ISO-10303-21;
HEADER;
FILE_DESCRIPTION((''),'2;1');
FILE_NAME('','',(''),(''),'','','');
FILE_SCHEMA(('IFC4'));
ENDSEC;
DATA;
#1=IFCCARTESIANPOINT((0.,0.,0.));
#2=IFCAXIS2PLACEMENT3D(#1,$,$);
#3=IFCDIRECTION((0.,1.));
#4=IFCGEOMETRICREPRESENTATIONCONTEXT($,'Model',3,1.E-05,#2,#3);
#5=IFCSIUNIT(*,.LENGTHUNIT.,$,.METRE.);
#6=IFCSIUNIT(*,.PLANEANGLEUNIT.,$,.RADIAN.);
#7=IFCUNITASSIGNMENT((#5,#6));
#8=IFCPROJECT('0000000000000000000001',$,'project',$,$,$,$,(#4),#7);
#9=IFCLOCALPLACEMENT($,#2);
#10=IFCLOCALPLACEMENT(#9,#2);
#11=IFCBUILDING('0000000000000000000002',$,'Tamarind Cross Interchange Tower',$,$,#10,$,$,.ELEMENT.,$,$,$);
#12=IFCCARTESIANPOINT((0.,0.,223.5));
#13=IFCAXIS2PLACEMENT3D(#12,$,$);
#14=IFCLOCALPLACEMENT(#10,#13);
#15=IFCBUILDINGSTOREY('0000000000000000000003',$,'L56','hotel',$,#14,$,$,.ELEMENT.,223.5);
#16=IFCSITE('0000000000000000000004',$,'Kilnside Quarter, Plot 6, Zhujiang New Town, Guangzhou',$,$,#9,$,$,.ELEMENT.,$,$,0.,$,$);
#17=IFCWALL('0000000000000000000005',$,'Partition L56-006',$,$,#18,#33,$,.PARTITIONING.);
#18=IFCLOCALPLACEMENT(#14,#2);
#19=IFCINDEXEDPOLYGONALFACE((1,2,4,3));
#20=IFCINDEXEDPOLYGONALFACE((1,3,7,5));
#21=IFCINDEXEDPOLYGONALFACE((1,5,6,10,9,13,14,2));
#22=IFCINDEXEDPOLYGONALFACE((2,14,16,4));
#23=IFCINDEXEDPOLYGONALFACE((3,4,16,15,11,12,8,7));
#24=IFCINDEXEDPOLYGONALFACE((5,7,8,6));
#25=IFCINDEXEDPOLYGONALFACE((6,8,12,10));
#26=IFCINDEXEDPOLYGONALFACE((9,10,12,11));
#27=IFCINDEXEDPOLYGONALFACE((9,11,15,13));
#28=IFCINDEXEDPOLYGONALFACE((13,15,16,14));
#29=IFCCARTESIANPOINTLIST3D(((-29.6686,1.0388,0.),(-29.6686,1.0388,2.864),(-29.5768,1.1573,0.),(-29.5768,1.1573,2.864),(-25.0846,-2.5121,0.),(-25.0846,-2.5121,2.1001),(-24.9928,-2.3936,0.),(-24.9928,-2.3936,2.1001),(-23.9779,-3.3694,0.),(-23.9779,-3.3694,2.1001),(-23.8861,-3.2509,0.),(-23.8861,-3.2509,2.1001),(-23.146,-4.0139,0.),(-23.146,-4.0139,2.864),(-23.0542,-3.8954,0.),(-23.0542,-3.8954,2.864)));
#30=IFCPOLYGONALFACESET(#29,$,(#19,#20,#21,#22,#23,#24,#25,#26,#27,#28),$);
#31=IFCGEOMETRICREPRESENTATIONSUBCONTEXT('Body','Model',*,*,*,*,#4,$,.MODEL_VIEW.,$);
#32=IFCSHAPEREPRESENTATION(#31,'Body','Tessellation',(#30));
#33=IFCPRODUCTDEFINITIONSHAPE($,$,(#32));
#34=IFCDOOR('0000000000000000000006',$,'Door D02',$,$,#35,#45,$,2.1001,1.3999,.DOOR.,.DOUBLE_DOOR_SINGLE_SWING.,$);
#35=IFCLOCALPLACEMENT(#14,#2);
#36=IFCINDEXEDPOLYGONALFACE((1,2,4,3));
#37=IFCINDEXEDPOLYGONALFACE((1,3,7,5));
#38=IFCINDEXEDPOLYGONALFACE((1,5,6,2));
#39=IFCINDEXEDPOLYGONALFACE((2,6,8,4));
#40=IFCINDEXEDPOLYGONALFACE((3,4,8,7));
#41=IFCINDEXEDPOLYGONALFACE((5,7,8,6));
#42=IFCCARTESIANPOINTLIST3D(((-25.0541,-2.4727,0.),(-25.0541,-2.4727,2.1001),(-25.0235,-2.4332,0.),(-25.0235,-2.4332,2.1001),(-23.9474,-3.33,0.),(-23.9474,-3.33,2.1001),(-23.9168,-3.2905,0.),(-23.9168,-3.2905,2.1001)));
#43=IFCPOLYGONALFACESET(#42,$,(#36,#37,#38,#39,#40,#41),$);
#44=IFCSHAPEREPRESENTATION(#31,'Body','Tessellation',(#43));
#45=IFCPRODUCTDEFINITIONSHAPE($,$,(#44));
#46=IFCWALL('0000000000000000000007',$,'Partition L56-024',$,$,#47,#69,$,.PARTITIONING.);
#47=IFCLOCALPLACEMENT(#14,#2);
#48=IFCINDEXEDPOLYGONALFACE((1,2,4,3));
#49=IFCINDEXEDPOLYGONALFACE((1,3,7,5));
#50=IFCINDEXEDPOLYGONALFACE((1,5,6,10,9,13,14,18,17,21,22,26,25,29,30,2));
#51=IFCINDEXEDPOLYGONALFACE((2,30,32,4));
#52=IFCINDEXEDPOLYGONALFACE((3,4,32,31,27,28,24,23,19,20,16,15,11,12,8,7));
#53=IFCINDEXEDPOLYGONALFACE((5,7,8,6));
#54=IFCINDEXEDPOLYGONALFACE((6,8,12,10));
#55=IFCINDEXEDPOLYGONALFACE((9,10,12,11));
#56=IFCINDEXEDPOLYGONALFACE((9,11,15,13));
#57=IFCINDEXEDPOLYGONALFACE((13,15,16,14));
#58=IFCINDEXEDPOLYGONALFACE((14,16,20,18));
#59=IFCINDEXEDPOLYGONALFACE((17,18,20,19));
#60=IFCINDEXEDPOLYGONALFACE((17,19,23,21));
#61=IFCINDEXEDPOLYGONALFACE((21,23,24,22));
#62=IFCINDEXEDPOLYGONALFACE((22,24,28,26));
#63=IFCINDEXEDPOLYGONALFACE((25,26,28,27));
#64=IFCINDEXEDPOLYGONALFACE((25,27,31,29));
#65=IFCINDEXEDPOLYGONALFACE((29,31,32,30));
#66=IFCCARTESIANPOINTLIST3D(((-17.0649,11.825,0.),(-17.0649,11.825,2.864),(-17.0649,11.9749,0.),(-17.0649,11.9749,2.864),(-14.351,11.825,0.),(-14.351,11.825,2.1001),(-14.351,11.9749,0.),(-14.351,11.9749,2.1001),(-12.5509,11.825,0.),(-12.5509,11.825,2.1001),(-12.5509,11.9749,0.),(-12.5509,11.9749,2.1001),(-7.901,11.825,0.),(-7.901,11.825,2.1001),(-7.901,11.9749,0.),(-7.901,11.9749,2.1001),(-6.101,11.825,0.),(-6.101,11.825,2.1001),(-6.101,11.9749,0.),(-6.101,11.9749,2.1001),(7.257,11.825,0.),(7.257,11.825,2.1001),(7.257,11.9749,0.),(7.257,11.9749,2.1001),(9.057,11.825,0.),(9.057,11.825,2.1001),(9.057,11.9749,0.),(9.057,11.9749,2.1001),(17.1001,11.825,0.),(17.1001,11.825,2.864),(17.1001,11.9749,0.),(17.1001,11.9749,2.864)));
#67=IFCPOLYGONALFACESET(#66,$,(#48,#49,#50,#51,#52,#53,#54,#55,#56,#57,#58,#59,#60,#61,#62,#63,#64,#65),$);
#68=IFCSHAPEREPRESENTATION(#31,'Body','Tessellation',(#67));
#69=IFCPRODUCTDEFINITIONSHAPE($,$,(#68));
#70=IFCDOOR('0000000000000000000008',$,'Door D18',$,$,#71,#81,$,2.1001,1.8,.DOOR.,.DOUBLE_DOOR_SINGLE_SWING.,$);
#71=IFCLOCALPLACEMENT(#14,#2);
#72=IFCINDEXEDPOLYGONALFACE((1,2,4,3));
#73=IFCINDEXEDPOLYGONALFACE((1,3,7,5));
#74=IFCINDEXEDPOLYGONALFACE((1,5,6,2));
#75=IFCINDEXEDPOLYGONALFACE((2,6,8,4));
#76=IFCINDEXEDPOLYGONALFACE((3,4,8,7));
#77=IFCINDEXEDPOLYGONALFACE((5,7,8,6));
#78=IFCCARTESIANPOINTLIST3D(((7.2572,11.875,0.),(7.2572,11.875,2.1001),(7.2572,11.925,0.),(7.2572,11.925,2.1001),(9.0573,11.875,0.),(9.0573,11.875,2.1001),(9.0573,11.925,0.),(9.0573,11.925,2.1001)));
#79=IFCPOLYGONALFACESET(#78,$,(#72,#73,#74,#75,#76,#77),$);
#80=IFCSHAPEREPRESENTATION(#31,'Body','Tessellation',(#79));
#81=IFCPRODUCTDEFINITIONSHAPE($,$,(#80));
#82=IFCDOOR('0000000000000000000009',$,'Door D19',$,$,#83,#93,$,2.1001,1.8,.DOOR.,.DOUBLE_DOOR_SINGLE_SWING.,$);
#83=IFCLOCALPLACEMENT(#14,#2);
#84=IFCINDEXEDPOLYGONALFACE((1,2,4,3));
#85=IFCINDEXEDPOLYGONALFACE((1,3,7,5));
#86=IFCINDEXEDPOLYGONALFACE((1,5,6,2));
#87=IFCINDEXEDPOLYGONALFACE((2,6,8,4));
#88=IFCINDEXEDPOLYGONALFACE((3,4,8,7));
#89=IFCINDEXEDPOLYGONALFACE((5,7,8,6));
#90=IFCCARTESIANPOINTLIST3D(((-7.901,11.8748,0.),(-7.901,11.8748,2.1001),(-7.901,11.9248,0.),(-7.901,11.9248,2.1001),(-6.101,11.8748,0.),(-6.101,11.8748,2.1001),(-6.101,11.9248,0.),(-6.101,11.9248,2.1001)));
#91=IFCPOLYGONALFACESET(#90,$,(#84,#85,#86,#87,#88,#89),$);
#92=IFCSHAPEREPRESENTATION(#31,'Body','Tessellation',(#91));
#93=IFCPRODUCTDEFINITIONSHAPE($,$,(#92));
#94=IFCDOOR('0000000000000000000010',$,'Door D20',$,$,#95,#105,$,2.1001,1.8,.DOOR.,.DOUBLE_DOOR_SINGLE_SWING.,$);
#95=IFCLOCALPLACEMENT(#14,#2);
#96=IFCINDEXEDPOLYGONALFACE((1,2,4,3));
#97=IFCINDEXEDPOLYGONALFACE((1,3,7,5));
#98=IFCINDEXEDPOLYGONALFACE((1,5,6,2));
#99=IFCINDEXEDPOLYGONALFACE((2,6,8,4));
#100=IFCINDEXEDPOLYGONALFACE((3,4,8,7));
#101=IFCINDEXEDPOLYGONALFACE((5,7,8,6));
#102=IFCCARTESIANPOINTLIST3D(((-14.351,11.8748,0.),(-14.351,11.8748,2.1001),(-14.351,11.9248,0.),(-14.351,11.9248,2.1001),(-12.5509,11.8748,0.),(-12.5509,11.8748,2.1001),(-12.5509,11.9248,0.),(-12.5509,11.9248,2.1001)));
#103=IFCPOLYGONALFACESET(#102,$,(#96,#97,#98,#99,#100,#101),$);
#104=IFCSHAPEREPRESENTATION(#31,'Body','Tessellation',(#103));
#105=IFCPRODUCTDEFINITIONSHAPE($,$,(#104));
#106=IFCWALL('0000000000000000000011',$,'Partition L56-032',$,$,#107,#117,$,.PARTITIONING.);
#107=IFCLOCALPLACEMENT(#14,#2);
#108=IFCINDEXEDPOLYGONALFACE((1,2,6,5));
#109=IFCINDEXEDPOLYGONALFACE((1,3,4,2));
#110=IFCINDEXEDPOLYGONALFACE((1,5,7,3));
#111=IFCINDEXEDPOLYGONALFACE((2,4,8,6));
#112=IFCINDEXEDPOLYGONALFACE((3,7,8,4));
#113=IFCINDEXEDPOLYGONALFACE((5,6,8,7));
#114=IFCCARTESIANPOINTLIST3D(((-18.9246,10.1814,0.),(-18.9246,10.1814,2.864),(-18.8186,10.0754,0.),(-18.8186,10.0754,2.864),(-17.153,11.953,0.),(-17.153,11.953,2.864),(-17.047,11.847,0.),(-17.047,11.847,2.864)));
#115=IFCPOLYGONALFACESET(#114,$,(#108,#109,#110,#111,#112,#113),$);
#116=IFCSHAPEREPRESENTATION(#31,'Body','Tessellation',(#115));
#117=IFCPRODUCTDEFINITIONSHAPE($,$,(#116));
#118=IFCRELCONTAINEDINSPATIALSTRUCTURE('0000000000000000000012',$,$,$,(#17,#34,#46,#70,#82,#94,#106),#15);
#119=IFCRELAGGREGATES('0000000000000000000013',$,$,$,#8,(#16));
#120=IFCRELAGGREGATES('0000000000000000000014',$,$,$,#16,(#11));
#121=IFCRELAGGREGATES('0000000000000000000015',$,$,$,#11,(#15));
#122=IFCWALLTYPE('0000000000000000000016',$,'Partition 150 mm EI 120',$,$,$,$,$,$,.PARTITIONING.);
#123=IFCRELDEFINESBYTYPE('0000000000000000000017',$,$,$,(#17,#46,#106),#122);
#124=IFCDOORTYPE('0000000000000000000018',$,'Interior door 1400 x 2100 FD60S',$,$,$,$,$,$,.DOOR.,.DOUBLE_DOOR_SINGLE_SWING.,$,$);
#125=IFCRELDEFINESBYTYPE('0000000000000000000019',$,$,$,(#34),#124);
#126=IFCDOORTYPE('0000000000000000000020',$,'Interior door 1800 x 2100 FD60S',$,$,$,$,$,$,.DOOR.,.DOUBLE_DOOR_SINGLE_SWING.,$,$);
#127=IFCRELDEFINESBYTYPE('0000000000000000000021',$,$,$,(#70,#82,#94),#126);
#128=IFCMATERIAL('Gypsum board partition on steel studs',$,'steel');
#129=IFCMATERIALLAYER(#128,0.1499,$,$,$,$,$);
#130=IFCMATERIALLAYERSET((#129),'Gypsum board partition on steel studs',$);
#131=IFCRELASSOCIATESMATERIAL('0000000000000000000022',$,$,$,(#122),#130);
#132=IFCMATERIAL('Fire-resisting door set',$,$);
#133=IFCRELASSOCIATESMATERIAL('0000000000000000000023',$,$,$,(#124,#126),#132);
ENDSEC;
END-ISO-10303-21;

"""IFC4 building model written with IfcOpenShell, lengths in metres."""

from ifc_helpers import new_model, si_unit, direction, frame, frame_2d, origin, place, context, subcontext, project, spatial, rectangle, extrude, material, layer, layer_set, type_object, element, fill, save


model = new_model("IFC4")

# Units and contexts
model_context = context("Model", 3, precision=1e-05, world=origin(), true_north=direction((0.0, 1.0)))
body_context = subcontext(model_context, "Body", "Model", "MODEL_VIEW")
ifc_project = project(units=[si_unit("LENGTHUNIT", "METRE"), si_unit("PLANEANGLEUNIT", "RADIAN")], contexts=[model_context])

# Site, building, storey
site_placement = place(None, origin())
site = spatial("IfcSite", under=ifc_project, at=site_placement, Name="Kilnside Quarter, Plot 6, Zhujiang New Town, Guangzhou", CompositionType="ELEMENT", RefElevation=0.0)
building_placement = place(site_placement, origin())
building = spatial("IfcBuilding", under=site, at=building_placement, Name="Tamarind Cross Interchange Tower", CompositionType="ELEMENT")
storey_placement = place(building_placement, frame((0.0, 0.0, 223.5)))
storey = spatial("IfcBuildingStorey", under=building, at=storey_placement, Name="L56", Description="hotel", CompositionType="ELEMENT", Elevation=223.5)

# Shared definitions
ifc_material_1 = material(Name="Gypsum board partition on steel studs", Category="steel")

# Wall, opening, door
ifc_layer_1 = layer(ifc_material_1, 0.1499)
ifc_layer_set_1 = layer_set([ifc_layer_1], Name="Gypsum board partition on steel studs")
wall_type_1 = type_object("IfcWallType", Name="Partition 150 mm EI 120", PredefinedType="PARTITIONING", material=ifc_layer_set_1)
wall_1_placement = place(storey_placement, frame((-29.6228, 1.0981, 0.0), z_axis=(0.0, 0.0, 1.0), x_axis=(0.790554, -0.612393, 0.0)))
wall_1 = element("IfcWall", 1, at=wall_1_placement, inside=storey, type_object=wall_type_1, Name="Partition L56-006", PredefinedType="PARTITIONING", context=body_context, shape_type="SweptSolid", body=[
    extrude(rectangle(XDim=8.2507, YDim=0.1499, at=frame_2d((4.1255, 0.0))), origin(), (0.0, 0.0, 1.0), 2.864),
])
opening_1_placement = place(wall_1_placement, frame((5.7986, 0.0, 0.0)))
opening_1 = element("IfcOpeningElement", 2, at=opening_1_placement, cuts=wall_1, PredefinedType="OPENING", context=body_context, shape_type="SweptSolid", body=[
    extrude(rectangle(XDim=1.3999, YDim=2.1001, at=frame_2d((0.7, 1.05))), frame((0.0, 0.085, 0.0), z_axis=(0.0, -1.0, 0.0), x_axis=(1.0, 0.0, 0.0)), (0.0, 0.0, 1.0), 0.1699),
])
ifc_material_2 = material(Name="Fire-resisting door set")
door_type_1 = type_object("IfcDoorType", Name="Interior door 1400 x 2100 FD60S", OperationType="DOUBLE_DOOR_SINGLE_SWING", PredefinedType="DOOR", material=ifc_material_2)
door_1_placement = place(opening_1_placement, origin())
door_1 = element("IfcDoor", 3, at=door_1_placement, inside=storey, type_object=door_type_1, Name="Door D02", OperationType="DOUBLE_DOOR_SINGLE_SWING", OverallHeight=2.1001, OverallWidth=1.3999, PredefinedType="DOOR", context=body_context, shape_type="SweptSolid", body=[
    extrude(rectangle(XDim=1.3999, YDim=2.1001, at=frame_2d((0.7, 1.05))), frame((0.0, 0.0249, 0.0), z_axis=(0.0, -1.0, 0.0), x_axis=(1.0, 0.0, 0.0)), (0.0, 0.0, 1.0), 0.05),
])
fill(opening_1, door_1)

# Wall, openings, doors
wall_2_placement = place(storey_placement, frame((-17.0649, 11.8999, 0.0), z_axis=(0.0, 0.0, 1.0), x_axis=(1.0, 0.0, 0.0)))
wall_2 = element("IfcWall", 4, at=wall_2_placement, inside=storey, type_object=wall_type_1, Name="Partition L56-024", PredefinedType="PARTITIONING", context=body_context, shape_type="SweptSolid", body=[
    extrude(rectangle(XDim=34.165, YDim=0.1499, at=frame_2d((17.0825, 0.0))), origin(), (0.0, 0.0, 1.0), 2.864),
])
opening_2_placement = place(wall_2_placement, frame((24.322, 0.0, 0.0)))
opening_2 = element("IfcOpeningElement", 5, at=opening_2_placement, cuts=wall_2, PredefinedType="OPENING", context=body_context, shape_type="SweptSolid", body=[
    extrude(rectangle(XDim=1.8, YDim=2.1001, at=frame_2d((0.8999, 1.05))), frame((0.0, 0.085, 0.0), z_axis=(0.0, -1.0, 0.0), x_axis=(1.0, 0.0, 0.0)), (0.0, 0.0, 1.0), 0.1699),
])
opening_3_placement = place(wall_2_placement, frame((9.1641, 0.0, 0.0)))
opening_3 = element("IfcOpeningElement", 6, at=opening_3_placement, cuts=wall_2, PredefinedType="OPENING", context=body_context, shape_type="SweptSolid", body=[
    extrude(rectangle(XDim=1.8, YDim=2.1001, at=frame_2d((0.8999, 1.05))), frame((0.0, 0.085, 0.0), z_axis=(0.0, -1.0, 0.0), x_axis=(1.0, 0.0, 0.0)), (0.0, 0.0, 1.0), 0.1699),
])
opening_4_placement = place(wall_2_placement, frame((2.7141, 0.0, 0.0)))
opening_4 = element("IfcOpeningElement", 7, at=opening_4_placement, cuts=wall_2, PredefinedType="OPENING", context=body_context, shape_type="SweptSolid", body=[
    extrude(rectangle(XDim=1.8, YDim=2.1001, at=frame_2d((0.8999, 1.05))), frame((0.0, 0.085, 0.0), z_axis=(0.0, -1.0, 0.0), x_axis=(1.0, 0.0, 0.0)), (0.0, 0.0, 1.0), 0.1699),
])
door_type_2 = type_object("IfcDoorType", Name="Interior door 1800 x 2100 FD60S", OperationType="DOUBLE_DOOR_SINGLE_SWING", PredefinedType="DOOR", material=ifc_material_2)
door_2_placement = place(opening_2_placement, frame((1.8, 0.0, 0.0), z_axis=(0.0, 0.0, 1.0), x_axis=(-1.0, 0.0, 0.0)))
door_2 = element("IfcDoor", 8, at=door_2_placement, inside=storey, type_object=door_type_2, Name="Door D18", OperationType="DOUBLE_DOOR_SINGLE_SWING", OverallHeight=2.1001, OverallWidth=1.8, PredefinedType="DOOR", context=body_context, shape_type="SweptSolid", body=[
    extrude(rectangle(XDim=1.8, YDim=2.1001, at=frame_2d((0.8999, 1.05))), frame((0.0, 0.0249, 0.0), z_axis=(0.0, -1.0, 0.0), x_axis=(1.0, 0.0, 0.0)), (0.0, 0.0, 1.0), 0.05),
])
fill(opening_2, door_2)
door_3_placement = place(opening_3_placement, origin())
door_3 = element("IfcDoor", 9, at=door_3_placement, inside=storey, type_object=door_type_2, Name="Door D19", OperationType="DOUBLE_DOOR_SINGLE_SWING", OverallHeight=2.1001, OverallWidth=1.8, PredefinedType="DOOR", context=body_context, shape_type="SweptSolid", body=[
    extrude(rectangle(XDim=1.8, YDim=2.1001, at=frame_2d((0.8999, 1.05))), frame((0.0, 0.0249, 0.0), z_axis=(0.0, -1.0, 0.0), x_axis=(1.0, 0.0, 0.0)), (0.0, 0.0, 1.0), 0.05),
])
fill(opening_3, door_3)
door_4_placement = place(opening_4_placement, origin())
door_4 = element("IfcDoor", 10, at=door_4_placement, inside=storey, type_object=door_type_2, Name="Door D20", OperationType="DOUBLE_DOOR_SINGLE_SWING", OverallHeight=2.1001, OverallWidth=1.8, PredefinedType="DOOR", context=body_context, shape_type="SweptSolid", body=[
    extrude(rectangle(XDim=1.8, YDim=2.1001, at=frame_2d((0.8999, 1.05))), frame((0.0, 0.0249, 0.0), z_axis=(0.0, -1.0, 0.0), x_axis=(1.0, 0.0, 0.0)), (0.0, 0.0, 1.0), 0.05),
])
fill(opening_4, door_4)

# Wall
wall_3_placement = place(storey_placement, frame((-18.8716, 10.1284, 0.0), z_axis=(0.0, 0.0, 1.0), x_axis=(0.707107, 0.707107, 0.0)))
element("IfcWall", 11, at=wall_3_placement, inside=storey, type_object=wall_type_1, Name="Partition L56-032", PredefinedType="PARTITIONING", context=body_context, shape_type="SweptSolid", body=[
    extrude(rectangle(XDim=2.5054, YDim=0.1499, at=frame_2d((1.2527, 0.0))), origin(), (0.0, 0.0, 1.0), 2.864),
])

save(model, "model.ifc")
